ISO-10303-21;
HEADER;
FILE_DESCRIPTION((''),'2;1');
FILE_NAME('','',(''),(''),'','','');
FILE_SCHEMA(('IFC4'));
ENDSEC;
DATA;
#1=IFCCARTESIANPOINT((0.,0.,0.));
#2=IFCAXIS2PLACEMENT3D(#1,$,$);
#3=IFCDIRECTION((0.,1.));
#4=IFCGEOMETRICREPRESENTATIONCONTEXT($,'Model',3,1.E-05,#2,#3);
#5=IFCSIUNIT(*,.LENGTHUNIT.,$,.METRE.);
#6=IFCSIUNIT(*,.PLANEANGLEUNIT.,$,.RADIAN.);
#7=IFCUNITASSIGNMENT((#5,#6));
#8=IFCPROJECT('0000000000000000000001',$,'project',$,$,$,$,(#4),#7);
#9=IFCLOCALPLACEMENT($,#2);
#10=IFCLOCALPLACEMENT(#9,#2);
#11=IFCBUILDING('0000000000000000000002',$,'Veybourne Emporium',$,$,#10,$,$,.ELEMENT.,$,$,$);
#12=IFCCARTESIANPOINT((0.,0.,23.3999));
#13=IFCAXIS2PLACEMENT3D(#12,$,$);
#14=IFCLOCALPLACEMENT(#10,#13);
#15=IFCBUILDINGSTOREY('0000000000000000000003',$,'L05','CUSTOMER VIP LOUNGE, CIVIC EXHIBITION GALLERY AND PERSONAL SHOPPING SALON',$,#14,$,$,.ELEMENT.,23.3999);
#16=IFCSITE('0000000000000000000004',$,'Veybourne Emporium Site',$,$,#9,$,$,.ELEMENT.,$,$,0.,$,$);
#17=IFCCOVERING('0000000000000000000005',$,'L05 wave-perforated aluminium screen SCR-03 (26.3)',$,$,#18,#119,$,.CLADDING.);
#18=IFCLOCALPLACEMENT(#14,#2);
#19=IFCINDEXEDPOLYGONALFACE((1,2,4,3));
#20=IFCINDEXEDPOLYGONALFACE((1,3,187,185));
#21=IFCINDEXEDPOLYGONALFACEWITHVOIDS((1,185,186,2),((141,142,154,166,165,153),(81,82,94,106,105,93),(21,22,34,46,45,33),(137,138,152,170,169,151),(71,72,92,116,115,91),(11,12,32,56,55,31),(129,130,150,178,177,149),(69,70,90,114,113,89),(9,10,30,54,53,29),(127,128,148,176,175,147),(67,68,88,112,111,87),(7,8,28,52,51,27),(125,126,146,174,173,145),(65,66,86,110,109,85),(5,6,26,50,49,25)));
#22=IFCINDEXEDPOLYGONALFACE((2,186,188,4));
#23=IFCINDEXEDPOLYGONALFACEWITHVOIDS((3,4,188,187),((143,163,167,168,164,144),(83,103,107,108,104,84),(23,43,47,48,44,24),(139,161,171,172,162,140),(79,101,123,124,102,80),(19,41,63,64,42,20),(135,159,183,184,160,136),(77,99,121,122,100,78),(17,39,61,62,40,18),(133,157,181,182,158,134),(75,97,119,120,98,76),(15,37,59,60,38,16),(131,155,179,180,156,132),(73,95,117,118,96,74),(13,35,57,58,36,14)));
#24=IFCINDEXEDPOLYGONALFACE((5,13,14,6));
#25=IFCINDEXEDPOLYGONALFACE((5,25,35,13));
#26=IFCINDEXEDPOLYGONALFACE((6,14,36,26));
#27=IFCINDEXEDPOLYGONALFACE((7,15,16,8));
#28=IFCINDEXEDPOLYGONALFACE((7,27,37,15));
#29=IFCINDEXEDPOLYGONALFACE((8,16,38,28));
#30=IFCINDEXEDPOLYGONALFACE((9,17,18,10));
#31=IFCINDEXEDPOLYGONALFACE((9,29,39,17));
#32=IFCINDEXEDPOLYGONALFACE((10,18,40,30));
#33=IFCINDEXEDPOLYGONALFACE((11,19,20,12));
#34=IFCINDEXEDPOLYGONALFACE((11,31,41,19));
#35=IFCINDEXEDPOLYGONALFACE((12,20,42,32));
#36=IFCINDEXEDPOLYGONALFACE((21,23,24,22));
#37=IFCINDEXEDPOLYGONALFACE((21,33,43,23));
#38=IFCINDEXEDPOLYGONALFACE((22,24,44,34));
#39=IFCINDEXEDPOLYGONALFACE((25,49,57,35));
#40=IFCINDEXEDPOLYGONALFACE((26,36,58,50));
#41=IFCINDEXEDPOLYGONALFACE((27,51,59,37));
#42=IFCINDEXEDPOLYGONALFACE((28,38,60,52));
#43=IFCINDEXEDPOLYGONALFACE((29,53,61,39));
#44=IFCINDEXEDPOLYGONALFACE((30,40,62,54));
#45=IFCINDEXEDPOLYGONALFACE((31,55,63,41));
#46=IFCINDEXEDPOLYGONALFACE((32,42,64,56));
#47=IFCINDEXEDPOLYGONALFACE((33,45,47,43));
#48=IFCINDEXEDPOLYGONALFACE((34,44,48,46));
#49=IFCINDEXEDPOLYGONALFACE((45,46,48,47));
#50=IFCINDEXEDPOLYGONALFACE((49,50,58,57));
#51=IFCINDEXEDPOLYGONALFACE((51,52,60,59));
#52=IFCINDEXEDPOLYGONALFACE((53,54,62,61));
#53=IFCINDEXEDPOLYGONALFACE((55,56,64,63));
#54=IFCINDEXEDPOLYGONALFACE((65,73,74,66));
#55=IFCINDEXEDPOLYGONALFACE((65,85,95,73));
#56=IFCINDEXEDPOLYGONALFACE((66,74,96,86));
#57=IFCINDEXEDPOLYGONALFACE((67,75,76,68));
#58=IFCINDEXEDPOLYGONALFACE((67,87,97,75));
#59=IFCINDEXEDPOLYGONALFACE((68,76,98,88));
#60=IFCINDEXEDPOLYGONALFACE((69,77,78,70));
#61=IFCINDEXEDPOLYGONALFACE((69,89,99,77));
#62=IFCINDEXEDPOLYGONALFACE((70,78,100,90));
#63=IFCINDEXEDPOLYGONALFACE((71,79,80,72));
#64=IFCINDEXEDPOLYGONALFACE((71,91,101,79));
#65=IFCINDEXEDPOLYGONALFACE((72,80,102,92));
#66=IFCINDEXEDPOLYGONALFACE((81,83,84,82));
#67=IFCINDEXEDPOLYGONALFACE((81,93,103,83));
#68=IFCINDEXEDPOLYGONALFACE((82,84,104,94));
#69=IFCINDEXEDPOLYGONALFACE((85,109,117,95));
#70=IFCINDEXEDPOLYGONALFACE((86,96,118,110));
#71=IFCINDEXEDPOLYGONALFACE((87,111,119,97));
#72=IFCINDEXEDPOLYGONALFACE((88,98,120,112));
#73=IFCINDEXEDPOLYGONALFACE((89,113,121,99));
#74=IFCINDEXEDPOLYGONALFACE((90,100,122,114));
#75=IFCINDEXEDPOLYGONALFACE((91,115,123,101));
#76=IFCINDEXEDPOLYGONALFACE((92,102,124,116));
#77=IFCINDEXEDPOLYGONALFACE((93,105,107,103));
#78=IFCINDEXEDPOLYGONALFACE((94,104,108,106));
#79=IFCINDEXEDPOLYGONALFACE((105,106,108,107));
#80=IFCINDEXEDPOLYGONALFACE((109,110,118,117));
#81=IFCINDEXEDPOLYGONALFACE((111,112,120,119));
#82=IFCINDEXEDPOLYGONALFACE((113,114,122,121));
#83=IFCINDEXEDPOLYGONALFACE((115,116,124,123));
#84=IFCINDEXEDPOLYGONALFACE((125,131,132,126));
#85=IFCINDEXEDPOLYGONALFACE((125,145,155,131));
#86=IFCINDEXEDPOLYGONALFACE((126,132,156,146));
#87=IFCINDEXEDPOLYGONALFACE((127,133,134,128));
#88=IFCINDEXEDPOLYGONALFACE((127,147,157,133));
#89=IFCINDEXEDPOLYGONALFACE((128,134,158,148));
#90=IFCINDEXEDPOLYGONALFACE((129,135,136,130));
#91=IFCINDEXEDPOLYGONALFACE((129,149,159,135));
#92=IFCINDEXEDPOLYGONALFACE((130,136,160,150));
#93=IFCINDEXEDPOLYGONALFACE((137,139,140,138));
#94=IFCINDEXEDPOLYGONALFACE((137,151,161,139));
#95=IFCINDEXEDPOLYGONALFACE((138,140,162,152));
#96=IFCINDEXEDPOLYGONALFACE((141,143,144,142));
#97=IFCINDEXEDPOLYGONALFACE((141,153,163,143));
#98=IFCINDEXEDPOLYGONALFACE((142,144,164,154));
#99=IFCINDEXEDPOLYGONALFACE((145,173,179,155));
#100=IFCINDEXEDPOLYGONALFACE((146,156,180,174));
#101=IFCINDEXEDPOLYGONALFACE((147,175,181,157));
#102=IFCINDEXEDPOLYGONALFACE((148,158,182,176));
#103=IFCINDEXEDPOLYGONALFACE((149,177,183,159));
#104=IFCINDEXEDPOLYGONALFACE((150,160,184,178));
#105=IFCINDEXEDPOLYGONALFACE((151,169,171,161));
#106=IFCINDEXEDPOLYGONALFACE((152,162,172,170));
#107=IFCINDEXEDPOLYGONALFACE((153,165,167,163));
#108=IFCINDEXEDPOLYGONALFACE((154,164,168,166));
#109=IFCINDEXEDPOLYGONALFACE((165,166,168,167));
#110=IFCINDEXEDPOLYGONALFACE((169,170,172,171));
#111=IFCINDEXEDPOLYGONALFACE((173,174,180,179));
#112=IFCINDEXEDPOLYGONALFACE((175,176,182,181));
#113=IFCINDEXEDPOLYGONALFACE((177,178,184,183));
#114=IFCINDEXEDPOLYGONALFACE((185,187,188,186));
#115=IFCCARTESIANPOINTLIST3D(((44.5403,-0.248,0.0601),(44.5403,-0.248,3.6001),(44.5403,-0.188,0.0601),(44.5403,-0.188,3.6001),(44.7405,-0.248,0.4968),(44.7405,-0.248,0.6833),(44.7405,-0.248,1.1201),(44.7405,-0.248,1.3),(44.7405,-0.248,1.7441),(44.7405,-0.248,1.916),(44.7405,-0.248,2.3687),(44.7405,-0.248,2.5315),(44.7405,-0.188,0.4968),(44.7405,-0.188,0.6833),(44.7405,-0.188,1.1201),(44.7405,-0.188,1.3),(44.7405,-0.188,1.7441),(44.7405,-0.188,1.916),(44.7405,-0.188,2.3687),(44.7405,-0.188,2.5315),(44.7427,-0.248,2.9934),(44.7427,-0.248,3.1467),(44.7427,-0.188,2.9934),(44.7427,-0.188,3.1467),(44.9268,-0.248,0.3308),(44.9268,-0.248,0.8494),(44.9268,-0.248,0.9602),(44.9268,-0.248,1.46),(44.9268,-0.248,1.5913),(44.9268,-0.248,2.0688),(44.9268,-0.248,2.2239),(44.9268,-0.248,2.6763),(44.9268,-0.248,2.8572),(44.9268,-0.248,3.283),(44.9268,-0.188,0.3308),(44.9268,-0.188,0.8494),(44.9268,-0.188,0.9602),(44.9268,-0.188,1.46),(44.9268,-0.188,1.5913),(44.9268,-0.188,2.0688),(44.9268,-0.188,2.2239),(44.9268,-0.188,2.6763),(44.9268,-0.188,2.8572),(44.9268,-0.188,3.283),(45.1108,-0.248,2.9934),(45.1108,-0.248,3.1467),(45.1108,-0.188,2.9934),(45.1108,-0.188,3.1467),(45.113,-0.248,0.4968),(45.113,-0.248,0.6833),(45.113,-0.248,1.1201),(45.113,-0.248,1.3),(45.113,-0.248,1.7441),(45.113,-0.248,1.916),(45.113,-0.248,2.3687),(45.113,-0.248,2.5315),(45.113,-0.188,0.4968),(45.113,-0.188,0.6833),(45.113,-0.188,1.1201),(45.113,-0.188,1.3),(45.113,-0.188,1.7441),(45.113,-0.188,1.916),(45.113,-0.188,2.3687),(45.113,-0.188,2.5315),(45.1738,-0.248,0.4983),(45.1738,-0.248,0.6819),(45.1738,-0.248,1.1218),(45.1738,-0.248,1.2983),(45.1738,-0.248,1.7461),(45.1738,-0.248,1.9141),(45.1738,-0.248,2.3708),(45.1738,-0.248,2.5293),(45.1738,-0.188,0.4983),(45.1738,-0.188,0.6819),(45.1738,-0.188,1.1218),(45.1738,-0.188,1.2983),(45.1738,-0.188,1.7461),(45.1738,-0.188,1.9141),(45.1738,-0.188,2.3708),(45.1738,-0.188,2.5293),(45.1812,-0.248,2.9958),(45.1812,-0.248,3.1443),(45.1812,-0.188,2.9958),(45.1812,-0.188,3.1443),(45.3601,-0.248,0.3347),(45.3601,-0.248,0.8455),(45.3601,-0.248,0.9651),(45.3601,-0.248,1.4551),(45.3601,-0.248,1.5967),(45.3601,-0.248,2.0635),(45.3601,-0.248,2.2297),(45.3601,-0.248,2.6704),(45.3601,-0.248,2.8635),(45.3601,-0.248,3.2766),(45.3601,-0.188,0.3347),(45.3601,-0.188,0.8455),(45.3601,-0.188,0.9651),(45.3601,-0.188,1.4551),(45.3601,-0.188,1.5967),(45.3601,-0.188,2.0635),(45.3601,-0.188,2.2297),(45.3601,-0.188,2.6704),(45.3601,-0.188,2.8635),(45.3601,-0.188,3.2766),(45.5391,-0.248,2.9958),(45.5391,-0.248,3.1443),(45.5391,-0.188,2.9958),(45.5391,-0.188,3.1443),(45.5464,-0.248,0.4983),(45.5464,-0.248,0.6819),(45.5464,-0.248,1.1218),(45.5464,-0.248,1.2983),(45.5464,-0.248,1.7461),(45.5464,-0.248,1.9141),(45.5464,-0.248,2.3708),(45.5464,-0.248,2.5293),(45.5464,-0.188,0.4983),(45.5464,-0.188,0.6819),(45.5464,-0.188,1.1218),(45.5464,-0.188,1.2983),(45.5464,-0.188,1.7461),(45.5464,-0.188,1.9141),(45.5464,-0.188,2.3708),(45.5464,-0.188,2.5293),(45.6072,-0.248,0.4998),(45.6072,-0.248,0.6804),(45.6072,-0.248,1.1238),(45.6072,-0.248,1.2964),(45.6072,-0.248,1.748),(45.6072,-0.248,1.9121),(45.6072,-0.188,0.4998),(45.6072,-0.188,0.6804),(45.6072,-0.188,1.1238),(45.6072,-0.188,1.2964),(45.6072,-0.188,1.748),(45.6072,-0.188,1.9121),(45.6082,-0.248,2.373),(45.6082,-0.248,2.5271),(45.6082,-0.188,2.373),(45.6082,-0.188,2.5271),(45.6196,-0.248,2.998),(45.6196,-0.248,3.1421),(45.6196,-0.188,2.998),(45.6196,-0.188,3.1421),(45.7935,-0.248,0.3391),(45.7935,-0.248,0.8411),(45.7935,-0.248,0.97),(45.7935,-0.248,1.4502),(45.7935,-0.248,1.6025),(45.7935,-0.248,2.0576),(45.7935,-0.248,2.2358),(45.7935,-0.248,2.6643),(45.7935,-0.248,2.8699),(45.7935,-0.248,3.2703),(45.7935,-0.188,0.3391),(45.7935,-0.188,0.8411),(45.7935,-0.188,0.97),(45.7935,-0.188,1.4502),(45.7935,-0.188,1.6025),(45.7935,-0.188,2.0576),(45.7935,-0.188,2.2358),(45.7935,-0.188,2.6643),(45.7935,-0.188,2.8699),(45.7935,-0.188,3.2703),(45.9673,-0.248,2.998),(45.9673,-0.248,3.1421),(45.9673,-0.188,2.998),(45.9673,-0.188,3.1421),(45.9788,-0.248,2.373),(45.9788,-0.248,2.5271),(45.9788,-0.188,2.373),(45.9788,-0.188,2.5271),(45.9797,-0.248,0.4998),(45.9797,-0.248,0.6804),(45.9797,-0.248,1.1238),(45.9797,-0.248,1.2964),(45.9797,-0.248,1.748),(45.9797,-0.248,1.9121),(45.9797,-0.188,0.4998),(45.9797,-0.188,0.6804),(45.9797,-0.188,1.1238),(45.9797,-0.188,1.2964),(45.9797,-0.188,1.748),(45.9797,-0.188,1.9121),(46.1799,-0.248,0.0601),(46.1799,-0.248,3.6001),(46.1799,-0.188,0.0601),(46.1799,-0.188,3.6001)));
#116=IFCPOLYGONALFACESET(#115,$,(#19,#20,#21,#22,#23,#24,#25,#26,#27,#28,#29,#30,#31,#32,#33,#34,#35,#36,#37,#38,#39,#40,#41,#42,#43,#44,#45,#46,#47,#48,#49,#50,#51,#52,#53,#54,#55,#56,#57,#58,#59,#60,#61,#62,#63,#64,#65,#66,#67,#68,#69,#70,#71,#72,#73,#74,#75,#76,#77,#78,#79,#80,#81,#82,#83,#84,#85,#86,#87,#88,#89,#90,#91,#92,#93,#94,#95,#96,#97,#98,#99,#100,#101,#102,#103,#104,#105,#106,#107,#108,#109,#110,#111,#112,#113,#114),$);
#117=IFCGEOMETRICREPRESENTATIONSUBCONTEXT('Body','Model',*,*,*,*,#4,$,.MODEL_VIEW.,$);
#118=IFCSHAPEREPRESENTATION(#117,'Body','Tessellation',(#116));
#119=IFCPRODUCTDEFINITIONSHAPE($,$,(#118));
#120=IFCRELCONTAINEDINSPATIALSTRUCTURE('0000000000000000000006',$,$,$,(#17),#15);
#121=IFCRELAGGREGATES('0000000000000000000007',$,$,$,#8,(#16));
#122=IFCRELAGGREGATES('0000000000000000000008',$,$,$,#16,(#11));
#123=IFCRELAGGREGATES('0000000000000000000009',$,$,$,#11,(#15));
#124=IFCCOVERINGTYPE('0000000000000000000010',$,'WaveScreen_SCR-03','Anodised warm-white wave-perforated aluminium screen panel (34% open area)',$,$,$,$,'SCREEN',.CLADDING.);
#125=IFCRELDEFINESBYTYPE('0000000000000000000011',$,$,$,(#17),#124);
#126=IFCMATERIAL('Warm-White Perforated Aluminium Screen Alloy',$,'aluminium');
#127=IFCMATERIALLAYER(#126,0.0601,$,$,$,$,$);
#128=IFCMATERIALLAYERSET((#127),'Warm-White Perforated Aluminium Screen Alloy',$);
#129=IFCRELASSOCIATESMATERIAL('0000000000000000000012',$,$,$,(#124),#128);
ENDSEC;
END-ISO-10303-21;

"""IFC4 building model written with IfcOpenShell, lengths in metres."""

from ifc_helpers import new_model, si_unit, direction, frame, origin, place, context, subcontext, project, spatial, polyline, outline, extrude, material, layer, layer_set, type_object, element, save


model = new_model("IFC4")

# Units and contexts
model_context = context("Model", 3, precision=1e-05, world=origin(), true_north=direction((0.0, 1.0)))
body_context = subcontext(model_context, "Body", "Model", "MODEL_VIEW")
ifc_project = project(units=[si_unit("LENGTHUNIT", "METRE"), si_unit("PLANEANGLEUNIT", "RADIAN")], contexts=[model_context])

# Site, building, storey
site_placement = place(None, origin())
site = spatial("IfcSite", under=ifc_project, at=site_placement, Name="Veybourne Emporium Site", CompositionType="ELEMENT", RefElevation=0.0)
building_placement = place(site_placement, origin())
building = spatial("IfcBuilding", under=site, at=building_placement, Name="Veybourne Emporium", CompositionType="ELEMENT")
storey_placement = place(building_placement, frame((0.0, 0.0, 23.3999)))
storey = spatial("IfcBuildingStorey", under=building, at=storey_placement, Name="L05", Description="CUSTOMER VIP LOUNGE, CIVIC EXHIBITION GALLERY AND PERSONAL SHOPPING SALON", CompositionType="ELEMENT", Elevation=23.3999)

# Covering
ifc_material_1 = material(Name="Warm-White Perforated Aluminium Screen Alloy", Category="aluminium")
ifc_layer_1 = layer(ifc_material_1, 0.0601)
ifc_layer_set_1 = layer_set([ifc_layer_1], Name="Warm-White Perforated Aluminium Screen Alloy")
covering_type_1 = type_object("IfcCoveringType", Name="WaveScreen_SCR-03", Description="Anodised warm-white wave-perforated aluminium screen panel (34% open area)", ElementType="SCREEN", PredefinedType="CLADDING", material=ifc_layer_set_1)
covering_1_placement = place(storey_placement, frame((45.3601, -0.248, 1.8301), z_axis=(0.0, 1.0, 0.0), x_axis=(-1.0, 0.0, 0.0)))
element("IfcCovering", 1, at=covering_1_placement, inside=storey, type_object=covering_type_1, Name="L05 wave-perforated aluminium screen SCR-03 (26.3)", PredefinedType="CLADDING", context=body_context, shape_type="SweptSolid", body=[
    extrude(outline(polyline([(-0.8198, -1.77), (0.8198, -1.77), (0.8198, 1.77), (-0.8198, 1.77), (-0.8198, -1.77)]), holes=[polyline([(-0.4333, -0.989), (-0.2471, -1.1497), (-0.2471, -1.3303), (-0.4333, -1.491), (-0.6196, -1.3303), (-0.6196, -1.1497), (-0.4333, -0.989)]), polyline([(-0.4333, -0.3799), (-0.2471, -0.5337), (-0.2471, -0.7063), (-0.4333, -0.8601), (-0.6196, -0.7063), (-0.6196, -0.5337), (-0.4333, -0.3799)]), polyline([(-0.4333, 0.2275), (-0.2471, 0.082), (-0.2471, -0.082), (-0.4333, -0.2275), (-0.6196, -0.082), (-0.6196, 0.082), (-0.4333, 0.2275)]), polyline([(-0.4333, 0.8342), (-0.248, 0.697), (-0.248, 0.543), (-0.4333, 0.4058), (-0.6187, 0.543), (-0.6187, 0.697), (-0.4333, 0.8342)]), polyline([(-0.4333, 1.4402), (-0.2595, 1.312), (-0.2595, 1.168), (-0.4333, 1.0398), (-0.6072, 1.168), (-0.6072, 1.312), (-0.4333, 1.4402)]), polyline([(0.0, -0.9846), (0.1863, -1.1482), (0.1863, -1.3318), (0.0, -1.4954), (-0.1863, -1.3318), (-0.1863, -1.1482), (0.0, -0.9846)]), polyline([(0.0, -0.375), (0.1863, -0.5317), (0.1863, -0.7083), (0.0, -0.865), (-0.1863, -0.7083), (-0.1863, -0.5317), (0.0, -0.375)]), polyline([(0.0, 0.2334), (0.1863, 0.084), (0.1863, -0.084), (0.0, -0.2334), (-0.1863, -0.084), (-0.1863, 0.084), (0.0, 0.2334)]), polyline([(0.0, 0.8403), (0.1863, 0.6992), (0.1863, 0.5408), (0.0, 0.3997), (-0.1863, 0.5408), (-0.1863, 0.6992), (0.0, 0.8403)]), polyline([(0.0, 1.4465), (0.179, 1.3142), (0.179, 1.1658), (0.0, 1.0334), (-0.179, 1.1658), (-0.179, 1.3142), (0.0, 1.4465)]), polyline([(0.4333, -0.9807), (0.6196, -1.1467), (0.6196, -1.3333), (0.4333, -1.4993), (0.2471, -1.3333), (0.2471, -1.1467), (0.4333, -0.9807)]), polyline([(0.4333, -0.3701), (0.6196, -0.53), (0.6196, -0.71), (0.4333, -0.8699), (0.2471, -0.71), (0.2471, -0.53), (0.4333, -0.3701)]), polyline([(0.4333, 0.2388), (0.6196, 0.0859), (0.6196, -0.0859), (0.4333, -0.2388), (0.2471, -0.0859), (0.2471, 0.0859), (0.4333, 0.2388)]), polyline([(0.4333, 0.8462), (0.6196, 0.7014), (0.6196, 0.5386), (0.4333, 0.3938), (0.2471, 0.5386), (0.2471, 0.7014), (0.4333, 0.8462)]), polyline([(0.4333, 1.4529), (0.6174, 1.3167), (0.6174, 1.1633), (0.4333, 1.0271), (0.2493, 1.1633), (0.2493, 1.3167), (0.4333, 1.4529)])]), origin(), (0.0, 0.0, 1.0), 0.0601),
])

save(model, "model.ifc")
